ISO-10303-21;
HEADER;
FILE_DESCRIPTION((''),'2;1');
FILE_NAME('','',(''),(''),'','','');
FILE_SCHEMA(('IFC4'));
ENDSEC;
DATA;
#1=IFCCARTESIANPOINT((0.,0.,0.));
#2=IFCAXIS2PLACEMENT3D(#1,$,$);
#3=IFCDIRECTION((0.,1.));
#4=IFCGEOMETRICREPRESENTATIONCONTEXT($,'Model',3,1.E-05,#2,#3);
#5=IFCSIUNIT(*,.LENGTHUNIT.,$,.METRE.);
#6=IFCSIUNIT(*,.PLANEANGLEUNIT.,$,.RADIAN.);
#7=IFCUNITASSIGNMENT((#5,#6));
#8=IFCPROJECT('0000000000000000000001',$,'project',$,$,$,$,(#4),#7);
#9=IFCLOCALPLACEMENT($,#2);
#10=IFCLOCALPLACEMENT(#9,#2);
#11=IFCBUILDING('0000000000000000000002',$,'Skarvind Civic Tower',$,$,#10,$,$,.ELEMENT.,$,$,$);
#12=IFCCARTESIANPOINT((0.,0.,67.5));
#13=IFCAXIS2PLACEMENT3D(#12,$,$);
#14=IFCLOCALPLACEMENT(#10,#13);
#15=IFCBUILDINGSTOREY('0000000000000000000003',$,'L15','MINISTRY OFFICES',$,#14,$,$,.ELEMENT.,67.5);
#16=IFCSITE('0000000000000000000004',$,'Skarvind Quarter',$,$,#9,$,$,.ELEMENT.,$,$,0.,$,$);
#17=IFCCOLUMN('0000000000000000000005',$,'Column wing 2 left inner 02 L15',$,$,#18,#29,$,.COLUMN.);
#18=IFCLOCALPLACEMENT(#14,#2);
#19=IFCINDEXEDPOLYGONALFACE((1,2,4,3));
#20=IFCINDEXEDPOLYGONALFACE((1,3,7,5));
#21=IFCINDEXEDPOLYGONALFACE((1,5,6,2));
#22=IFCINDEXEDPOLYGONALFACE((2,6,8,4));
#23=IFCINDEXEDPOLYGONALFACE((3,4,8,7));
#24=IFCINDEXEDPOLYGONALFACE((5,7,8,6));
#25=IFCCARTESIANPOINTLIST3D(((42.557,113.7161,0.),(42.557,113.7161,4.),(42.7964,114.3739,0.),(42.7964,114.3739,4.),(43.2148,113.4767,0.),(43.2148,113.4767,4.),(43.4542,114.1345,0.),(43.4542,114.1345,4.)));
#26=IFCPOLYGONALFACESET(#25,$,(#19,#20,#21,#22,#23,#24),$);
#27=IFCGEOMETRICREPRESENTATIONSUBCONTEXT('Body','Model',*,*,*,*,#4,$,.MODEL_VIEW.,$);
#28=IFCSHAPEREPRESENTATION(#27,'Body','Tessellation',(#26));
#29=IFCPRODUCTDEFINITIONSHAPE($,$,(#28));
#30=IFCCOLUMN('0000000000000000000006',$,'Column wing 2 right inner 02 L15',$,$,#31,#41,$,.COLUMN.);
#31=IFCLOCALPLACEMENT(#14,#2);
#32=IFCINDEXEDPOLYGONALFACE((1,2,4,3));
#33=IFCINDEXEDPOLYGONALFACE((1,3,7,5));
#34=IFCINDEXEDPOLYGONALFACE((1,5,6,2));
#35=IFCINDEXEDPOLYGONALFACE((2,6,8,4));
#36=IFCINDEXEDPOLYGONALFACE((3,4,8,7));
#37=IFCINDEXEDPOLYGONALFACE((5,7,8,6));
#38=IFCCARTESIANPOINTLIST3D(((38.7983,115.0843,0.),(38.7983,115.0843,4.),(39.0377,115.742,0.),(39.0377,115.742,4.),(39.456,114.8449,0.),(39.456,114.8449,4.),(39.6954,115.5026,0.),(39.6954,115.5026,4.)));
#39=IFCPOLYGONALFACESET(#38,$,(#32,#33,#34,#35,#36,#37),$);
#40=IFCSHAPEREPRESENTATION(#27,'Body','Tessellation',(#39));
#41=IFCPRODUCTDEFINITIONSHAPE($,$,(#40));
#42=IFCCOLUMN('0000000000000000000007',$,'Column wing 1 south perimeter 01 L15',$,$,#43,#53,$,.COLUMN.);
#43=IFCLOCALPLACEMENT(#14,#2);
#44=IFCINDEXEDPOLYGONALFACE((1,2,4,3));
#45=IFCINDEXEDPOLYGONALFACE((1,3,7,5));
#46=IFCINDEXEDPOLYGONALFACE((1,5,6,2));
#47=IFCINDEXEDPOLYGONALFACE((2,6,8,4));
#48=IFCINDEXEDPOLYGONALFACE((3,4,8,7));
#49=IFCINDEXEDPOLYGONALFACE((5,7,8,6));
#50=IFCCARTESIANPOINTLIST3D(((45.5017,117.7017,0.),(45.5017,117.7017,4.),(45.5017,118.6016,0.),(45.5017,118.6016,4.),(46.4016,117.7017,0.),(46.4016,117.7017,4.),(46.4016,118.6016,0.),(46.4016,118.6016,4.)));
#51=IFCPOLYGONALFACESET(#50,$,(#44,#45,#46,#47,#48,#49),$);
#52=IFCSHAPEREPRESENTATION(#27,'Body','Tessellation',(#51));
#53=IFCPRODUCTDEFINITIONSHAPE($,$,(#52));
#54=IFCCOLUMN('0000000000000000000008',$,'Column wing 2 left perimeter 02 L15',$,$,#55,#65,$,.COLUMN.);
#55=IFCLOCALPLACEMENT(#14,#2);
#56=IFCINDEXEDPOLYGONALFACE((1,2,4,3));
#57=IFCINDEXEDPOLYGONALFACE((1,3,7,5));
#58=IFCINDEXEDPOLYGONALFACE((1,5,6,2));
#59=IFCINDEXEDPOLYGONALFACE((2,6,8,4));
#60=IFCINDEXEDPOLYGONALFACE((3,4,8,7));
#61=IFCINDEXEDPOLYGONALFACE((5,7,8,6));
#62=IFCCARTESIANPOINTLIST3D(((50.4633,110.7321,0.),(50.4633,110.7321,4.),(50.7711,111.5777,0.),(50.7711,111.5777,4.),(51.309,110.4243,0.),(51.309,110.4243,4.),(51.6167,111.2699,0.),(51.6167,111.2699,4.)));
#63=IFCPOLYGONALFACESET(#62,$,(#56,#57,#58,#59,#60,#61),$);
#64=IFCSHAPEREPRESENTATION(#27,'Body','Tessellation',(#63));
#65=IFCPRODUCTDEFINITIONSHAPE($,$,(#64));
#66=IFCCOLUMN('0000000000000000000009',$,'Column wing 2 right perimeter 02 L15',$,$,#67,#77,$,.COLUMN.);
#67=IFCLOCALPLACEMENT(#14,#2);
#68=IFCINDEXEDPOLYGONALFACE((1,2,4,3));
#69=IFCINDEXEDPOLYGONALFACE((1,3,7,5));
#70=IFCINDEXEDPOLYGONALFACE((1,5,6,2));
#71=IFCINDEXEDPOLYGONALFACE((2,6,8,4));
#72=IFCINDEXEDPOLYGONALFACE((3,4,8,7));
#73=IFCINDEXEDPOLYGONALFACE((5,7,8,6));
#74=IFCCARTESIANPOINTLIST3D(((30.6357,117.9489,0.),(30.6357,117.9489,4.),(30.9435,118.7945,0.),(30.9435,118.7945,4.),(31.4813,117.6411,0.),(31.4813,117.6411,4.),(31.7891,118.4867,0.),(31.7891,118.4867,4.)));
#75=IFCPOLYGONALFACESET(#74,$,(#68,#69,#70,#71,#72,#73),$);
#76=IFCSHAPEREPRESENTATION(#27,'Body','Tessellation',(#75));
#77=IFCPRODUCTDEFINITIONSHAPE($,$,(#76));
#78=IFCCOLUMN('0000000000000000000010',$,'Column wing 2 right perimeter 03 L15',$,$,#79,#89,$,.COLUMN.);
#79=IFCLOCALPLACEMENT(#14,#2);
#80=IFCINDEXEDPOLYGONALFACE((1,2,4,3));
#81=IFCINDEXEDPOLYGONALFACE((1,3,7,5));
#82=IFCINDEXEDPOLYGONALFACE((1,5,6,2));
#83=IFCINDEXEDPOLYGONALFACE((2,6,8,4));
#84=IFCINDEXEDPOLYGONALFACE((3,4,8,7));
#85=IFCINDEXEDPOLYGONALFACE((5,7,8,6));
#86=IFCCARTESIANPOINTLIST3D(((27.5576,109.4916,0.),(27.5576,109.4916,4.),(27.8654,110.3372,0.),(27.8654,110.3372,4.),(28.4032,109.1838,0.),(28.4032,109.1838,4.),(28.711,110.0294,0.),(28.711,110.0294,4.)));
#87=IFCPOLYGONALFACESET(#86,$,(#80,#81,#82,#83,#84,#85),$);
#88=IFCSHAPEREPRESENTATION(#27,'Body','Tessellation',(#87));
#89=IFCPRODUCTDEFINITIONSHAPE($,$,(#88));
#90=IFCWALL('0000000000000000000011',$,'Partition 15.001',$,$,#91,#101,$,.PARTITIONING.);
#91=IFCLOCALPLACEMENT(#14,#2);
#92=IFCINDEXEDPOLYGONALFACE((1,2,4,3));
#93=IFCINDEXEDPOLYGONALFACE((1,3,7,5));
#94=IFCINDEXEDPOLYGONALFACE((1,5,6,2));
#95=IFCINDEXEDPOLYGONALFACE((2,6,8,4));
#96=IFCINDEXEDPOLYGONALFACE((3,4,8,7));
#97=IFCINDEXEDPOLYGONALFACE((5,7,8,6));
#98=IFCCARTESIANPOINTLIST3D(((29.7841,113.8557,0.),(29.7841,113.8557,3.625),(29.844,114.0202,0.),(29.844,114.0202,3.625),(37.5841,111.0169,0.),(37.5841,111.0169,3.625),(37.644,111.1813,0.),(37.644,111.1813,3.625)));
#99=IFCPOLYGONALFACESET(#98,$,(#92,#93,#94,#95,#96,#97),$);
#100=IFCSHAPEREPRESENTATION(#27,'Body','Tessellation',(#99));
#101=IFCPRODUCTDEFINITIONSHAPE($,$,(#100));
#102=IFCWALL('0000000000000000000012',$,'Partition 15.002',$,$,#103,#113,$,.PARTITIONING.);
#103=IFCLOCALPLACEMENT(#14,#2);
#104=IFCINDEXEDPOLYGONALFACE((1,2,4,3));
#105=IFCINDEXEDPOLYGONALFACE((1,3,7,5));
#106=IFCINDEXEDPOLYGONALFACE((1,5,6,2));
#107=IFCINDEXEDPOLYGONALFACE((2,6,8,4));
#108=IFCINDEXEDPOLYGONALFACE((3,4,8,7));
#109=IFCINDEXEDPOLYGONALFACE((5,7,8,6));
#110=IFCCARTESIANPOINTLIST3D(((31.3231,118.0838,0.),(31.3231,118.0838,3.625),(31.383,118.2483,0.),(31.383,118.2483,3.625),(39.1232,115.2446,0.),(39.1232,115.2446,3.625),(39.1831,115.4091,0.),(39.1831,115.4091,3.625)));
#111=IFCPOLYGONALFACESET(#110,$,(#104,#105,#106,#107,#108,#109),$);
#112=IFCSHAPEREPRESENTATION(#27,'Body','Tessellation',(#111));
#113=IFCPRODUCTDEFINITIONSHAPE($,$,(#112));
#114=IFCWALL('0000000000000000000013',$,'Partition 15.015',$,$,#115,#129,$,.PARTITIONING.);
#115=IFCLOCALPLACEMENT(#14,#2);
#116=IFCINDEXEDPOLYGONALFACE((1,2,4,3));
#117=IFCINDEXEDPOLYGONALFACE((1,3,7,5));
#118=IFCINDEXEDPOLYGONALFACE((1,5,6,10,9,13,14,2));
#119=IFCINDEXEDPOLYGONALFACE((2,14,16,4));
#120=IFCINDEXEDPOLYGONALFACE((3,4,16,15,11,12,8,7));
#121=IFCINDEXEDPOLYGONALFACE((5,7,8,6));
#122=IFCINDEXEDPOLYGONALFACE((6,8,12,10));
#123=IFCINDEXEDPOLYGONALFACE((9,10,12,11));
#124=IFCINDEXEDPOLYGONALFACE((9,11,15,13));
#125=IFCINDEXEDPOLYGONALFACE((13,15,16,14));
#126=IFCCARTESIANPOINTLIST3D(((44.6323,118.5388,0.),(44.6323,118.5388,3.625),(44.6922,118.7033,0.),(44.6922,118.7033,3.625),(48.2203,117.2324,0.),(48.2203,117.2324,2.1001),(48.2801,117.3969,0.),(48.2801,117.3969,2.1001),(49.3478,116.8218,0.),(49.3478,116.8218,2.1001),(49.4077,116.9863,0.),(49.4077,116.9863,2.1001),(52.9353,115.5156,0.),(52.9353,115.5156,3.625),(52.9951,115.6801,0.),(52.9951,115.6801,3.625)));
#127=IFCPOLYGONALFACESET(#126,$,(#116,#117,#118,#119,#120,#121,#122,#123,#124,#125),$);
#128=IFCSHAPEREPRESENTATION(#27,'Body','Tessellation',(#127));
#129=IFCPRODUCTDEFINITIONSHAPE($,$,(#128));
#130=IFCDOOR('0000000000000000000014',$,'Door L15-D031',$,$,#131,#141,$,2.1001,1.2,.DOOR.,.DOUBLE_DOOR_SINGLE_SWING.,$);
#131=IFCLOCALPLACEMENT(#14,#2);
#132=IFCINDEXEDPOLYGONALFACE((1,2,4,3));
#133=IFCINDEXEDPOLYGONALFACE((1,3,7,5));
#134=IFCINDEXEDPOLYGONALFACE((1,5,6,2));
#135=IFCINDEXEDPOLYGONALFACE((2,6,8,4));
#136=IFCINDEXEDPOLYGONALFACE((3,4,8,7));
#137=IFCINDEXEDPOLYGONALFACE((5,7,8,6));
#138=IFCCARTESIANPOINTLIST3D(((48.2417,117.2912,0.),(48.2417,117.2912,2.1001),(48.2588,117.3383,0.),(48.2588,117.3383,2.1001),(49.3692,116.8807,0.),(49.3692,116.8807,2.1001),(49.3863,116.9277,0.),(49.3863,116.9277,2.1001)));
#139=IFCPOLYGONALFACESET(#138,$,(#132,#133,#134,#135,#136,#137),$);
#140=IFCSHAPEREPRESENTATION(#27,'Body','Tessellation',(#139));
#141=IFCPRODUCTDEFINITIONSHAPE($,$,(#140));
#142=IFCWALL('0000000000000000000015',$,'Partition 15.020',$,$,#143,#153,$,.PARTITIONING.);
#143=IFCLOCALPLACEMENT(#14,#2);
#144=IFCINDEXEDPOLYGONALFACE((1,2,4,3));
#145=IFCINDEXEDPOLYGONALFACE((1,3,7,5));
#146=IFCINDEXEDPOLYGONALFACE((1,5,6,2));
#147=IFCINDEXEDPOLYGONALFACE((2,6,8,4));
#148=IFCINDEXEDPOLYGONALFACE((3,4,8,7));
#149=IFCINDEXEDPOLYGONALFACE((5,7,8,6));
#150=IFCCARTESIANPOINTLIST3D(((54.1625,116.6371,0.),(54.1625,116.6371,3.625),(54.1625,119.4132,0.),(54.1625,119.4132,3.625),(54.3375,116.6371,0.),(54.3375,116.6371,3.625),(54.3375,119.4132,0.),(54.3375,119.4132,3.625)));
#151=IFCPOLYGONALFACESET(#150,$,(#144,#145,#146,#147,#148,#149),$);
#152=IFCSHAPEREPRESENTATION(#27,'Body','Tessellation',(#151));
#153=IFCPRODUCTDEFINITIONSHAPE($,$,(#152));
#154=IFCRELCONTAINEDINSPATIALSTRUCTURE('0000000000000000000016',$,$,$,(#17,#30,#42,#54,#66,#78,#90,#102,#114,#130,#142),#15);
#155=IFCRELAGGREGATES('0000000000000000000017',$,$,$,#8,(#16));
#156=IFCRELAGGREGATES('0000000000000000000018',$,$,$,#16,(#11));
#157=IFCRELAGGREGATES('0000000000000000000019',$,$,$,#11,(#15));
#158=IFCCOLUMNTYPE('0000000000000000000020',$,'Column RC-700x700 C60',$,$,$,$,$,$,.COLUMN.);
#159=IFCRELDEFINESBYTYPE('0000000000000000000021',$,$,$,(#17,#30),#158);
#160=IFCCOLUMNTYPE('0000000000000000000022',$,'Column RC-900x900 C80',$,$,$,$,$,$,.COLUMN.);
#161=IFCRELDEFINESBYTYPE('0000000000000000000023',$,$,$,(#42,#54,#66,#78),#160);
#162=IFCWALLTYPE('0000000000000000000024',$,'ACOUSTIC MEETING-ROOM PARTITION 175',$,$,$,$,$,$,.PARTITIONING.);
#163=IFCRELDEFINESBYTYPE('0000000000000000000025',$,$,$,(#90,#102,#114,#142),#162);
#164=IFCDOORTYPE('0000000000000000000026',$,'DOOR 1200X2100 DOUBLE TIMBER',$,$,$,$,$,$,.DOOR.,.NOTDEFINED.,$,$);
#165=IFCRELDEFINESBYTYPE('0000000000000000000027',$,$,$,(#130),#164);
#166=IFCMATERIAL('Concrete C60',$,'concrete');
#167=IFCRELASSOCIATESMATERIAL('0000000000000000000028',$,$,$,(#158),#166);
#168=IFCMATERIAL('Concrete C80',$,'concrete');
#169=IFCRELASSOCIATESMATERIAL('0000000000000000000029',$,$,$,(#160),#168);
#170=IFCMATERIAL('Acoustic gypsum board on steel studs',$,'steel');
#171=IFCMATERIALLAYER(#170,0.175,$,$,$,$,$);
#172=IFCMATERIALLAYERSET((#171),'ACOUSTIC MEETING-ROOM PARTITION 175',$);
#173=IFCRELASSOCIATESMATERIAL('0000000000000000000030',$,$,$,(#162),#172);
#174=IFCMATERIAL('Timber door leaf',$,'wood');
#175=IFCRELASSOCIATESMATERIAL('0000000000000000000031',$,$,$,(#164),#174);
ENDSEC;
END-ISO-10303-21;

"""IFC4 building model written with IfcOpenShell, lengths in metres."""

from ifc_helpers import new_model, si_unit, direction, frame, frame_2d, origin, origin_2d, place, context, subcontext, project, spatial, rectangle, extrude, material, layer, layer_set, material_profile, profile_set, type_object, element, fill, save


model = new_model("IFC4")

# Units and contexts
model_context = context("Model", 3, precision=1e-05, world=origin(), true_north=direction((0.0, 1.0)))
body_context = subcontext(model_context, "Body", "Model", "MODEL_VIEW")
ifc_project = project(units=[si_unit("LENGTHUNIT", "METRE"), si_unit("PLANEANGLEUNIT", "RADIAN")], contexts=[model_context])

# Site, building, storey
site_placement = place(None, origin())
site = spatial("IfcSite", under=ifc_project, at=site_placement, Name="Skarvind Quarter", CompositionType="ELEMENT", RefElevation=0.0)
building_placement = place(site_placement, origin())
building = spatial("IfcBuilding", under=site, at=building_placement, Name="Skarvind Civic Tower", CompositionType="ELEMENT")
storey_placement = place(building_placement, frame((0.0, 0.0, 67.5)))
storey = spatial("IfcBuildingStorey", under=building, at=storey_placement, Name="L15", Description="MINISTRY OFFICES", CompositionType="ELEMENT", Elevation=67.5)

# Columns
ifc_material_1 = material(Name="Concrete C60", Category="concrete")
ifc_material_profile_1 = material_profile(ifc_material_1, rectangle(XDim=0.7, YDim=0.7, at=origin_2d()), Name="RC-700x700")
ifc_profile_set_1 = profile_set([ifc_material_profile_1], Name="Concrete C60")
column_type_1 = type_object("IfcColumnType", Name="Column RC-700x700 C60", PredefinedType="COLUMN", material=ifc_profile_set_1)
for number, where, z_axis, x_axis, name in (
    (1, (43.0056, 113.9253, 0.0), (0.0, 0.0, 1.0), (-0.34202, -0.939693, 0.0), "Column wing 2 left inner 02 L15"),
    (2, (39.2468, 115.2935, 0.0), (0.0, 0.0, 1.0), (-0.34202, -0.939693, 0.0), "Column wing 2 right inner 02 L15"),
):
    element("IfcColumn", number, at=place(storey_placement, frame(where, z_axis=z_axis, x_axis=x_axis)), inside=storey, type_object=column_type_1, Name=name, PredefinedType="COLUMN", context=body_context, shape_type="SweptSolid", body=[
        extrude(rectangle(XDim=0.7, YDim=0.7, at=origin_2d()), origin(), (0.0, 0.0, 1.0), 4.0),
    ])
ifc_material_2 = material(Name="Concrete C80", Category="concrete")
ifc_material_profile_2 = material_profile(ifc_material_2, rectangle(XDim=0.8999, YDim=0.8999, at=origin_2d()), Name="RC-900x900")
ifc_profile_set_2 = profile_set([ifc_material_profile_2], Name="Concrete C80")
column_type_2 = type_object("IfcColumnType", Name="Column RC-900x900 C80", PredefinedType="COLUMN", material=ifc_profile_set_2)
for number, where, z_axis, x_axis, name in (
    (3, (45.9517, 118.1516, 0.0), (0.0, 0.0, 1.0), (1.0, 0.0, 0.0), "Column wing 1 south perimeter 01 L15"),
    (4, (51.04, 111.001, 0.0), (0.0, 0.0, 1.0), (-0.34202, -0.939693, 0.0), "Column wing 2 left perimeter 02 L15"),
    (5, (31.2124, 118.2178, 0.0), (0.0, 0.0, 1.0), (-0.34202, -0.939693, 0.0), "Column wing 2 right perimeter 02 L15"),
    (6, (28.1343, 109.7605, 0.0), (0.0, 0.0, 1.0), (-0.34202, -0.939693, 0.0), "Column wing 2 right perimeter 03 L15"),
):
    element("IfcColumn", number, at=place(storey_placement, frame(where, z_axis=z_axis, x_axis=x_axis)), inside=storey, type_object=column_type_2, Name=name, PredefinedType="COLUMN", context=body_context, shape_type="SweptSolid", body=[
        extrude(rectangle(XDim=0.8999, YDim=0.8999, at=origin_2d()), origin(), (0.0, 0.0, 1.0), 4.0),
    ])

# Walls
ifc_material_3 = material(Name="Acoustic gypsum board on steel studs", Category="steel")
ifc_layer_1 = layer(ifc_material_3, 0.175)
ifc_layer_set_1 = layer_set([ifc_layer_1], Name="ACOUSTIC MEETING-ROOM PARTITION 175")
wall_type_1 = type_object("IfcWallType", Name="ACOUSTIC MEETING-ROOM PARTITION 175", PredefinedType="PARTITIONING", material=ifc_layer_set_1)
wall_1_placement = place(storey_placement, frame((29.814, 113.938, 0.0), z_axis=(0.0, 0.0, 1.0), x_axis=(0.939697, -0.342008, 0.0)))
element("IfcWall", 7, at=wall_1_placement, inside=storey, type_object=wall_type_1, Name="Partition 15.001", PredefinedType="PARTITIONING", context=body_context, shape_type="SweptSolid", body=[
    extrude(rectangle(XDim=8.3005, YDim=0.175, at=frame_2d((4.1504, 0.0))), origin(), (0.0, 0.0, 1.0), 3.625),
])
wall_2_placement = place(storey_placement, frame((31.353, 118.166, 0.0), z_axis=(0.0, 0.0, 1.0), x_axis=(0.939688, -0.342034, 0.0)))
element("IfcWall", 8, at=wall_2_placement, inside=storey, type_object=wall_type_1, Name="Partition 15.002", PredefinedType="PARTITIONING", context=body_context, shape_type="SweptSolid", body=[
    extrude(rectangle(XDim=8.3008, YDim=0.175, at=frame_2d((4.1504, 0.0))), origin(), (0.0, 0.0, 1.0), 3.625),
])

# Wall, opening, door
wall_3_placement = place(storey_placement, frame((52.9651, 115.5979, 0.0), z_axis=(0.0, 0.0, 1.0), x_axis=(-0.939651, 0.342136, 0.0)))
wall_3 = element("IfcWall", 9, at=wall_3_placement, inside=storey, type_object=wall_type_1, Name="Partition 15.015", PredefinedType="PARTITIONING", context=body_context, shape_type="SweptSolid", body=[
    extrude(rectangle(XDim=8.8362, YDim=0.175, at=frame_2d((4.418, 0.0))), origin(), (0.0, 0.0, 1.0), 3.625),
])
opening_1_placement = place(wall_3_placement, frame((3.8176, 0.0, 0.0)))
opening_1 = element("IfcOpeningElement", 10, at=opening_1_placement, cuts=wall_3, PredefinedType="OPENING", context=body_context, shape_type="SweptSolid", body=[
    extrude(rectangle(XDim=1.2, YDim=2.1001, at=frame_2d((0.6001, 1.05))), frame((0.0, 0.0974, 0.0), z_axis=(0.0, -1.0, 0.0), x_axis=(1.0, 0.0, 0.0)), (0.0, 0.0, 1.0), 0.1951),
])
ifc_material_4 = material(Name="Timber door leaf", Category="wood")
door_type_1 = type_object("IfcDoorType", Name="DOOR 1200X2100 DOUBLE TIMBER", OperationType="NOTDEFINED", PredefinedType="DOOR", material=ifc_material_4)
door_1_placement = place(opening_1_placement, origin())
door_1 = element("IfcDoor", 11, at=door_1_placement, inside=storey, type_object=door_type_1, Name="Door L15-D031", OperationType="DOUBLE_DOOR_SINGLE_SWING", OverallHeight=2.1001, OverallWidth=1.2, PredefinedType="DOOR", context=body_context, shape_type="SweptSolid", body=[
    extrude(rectangle(XDim=1.2, YDim=2.1001, at=frame_2d((0.6001, 1.05))), frame((0.0, 0.0249, 0.0), z_axis=(0.0, -1.0, 0.0), x_axis=(1.0, 0.0, 0.0)), (0.0, 0.0, 1.0), 0.05),
])
fill(opening_1, door_1)

# Wall
wall_4_placement = place(storey_placement, frame((54.25, 116.637, 0.0), z_axis=(0.0, 0.0, 1.0), x_axis=(0.0, 1.0, 0.0)))
element("IfcWall", 12, at=wall_4_placement, inside=storey, type_object=wall_type_1, Name="Partition 15.020", PredefinedType="PARTITIONING", context=body_context, shape_type="SweptSolid", body=[
    extrude(rectangle(XDim=2.7761, YDim=0.175, at=frame_2d((1.3882, 0.0))), origin(), (0.0, 0.0, 1.0), 3.625),
])

save(model, "model.ifc")
